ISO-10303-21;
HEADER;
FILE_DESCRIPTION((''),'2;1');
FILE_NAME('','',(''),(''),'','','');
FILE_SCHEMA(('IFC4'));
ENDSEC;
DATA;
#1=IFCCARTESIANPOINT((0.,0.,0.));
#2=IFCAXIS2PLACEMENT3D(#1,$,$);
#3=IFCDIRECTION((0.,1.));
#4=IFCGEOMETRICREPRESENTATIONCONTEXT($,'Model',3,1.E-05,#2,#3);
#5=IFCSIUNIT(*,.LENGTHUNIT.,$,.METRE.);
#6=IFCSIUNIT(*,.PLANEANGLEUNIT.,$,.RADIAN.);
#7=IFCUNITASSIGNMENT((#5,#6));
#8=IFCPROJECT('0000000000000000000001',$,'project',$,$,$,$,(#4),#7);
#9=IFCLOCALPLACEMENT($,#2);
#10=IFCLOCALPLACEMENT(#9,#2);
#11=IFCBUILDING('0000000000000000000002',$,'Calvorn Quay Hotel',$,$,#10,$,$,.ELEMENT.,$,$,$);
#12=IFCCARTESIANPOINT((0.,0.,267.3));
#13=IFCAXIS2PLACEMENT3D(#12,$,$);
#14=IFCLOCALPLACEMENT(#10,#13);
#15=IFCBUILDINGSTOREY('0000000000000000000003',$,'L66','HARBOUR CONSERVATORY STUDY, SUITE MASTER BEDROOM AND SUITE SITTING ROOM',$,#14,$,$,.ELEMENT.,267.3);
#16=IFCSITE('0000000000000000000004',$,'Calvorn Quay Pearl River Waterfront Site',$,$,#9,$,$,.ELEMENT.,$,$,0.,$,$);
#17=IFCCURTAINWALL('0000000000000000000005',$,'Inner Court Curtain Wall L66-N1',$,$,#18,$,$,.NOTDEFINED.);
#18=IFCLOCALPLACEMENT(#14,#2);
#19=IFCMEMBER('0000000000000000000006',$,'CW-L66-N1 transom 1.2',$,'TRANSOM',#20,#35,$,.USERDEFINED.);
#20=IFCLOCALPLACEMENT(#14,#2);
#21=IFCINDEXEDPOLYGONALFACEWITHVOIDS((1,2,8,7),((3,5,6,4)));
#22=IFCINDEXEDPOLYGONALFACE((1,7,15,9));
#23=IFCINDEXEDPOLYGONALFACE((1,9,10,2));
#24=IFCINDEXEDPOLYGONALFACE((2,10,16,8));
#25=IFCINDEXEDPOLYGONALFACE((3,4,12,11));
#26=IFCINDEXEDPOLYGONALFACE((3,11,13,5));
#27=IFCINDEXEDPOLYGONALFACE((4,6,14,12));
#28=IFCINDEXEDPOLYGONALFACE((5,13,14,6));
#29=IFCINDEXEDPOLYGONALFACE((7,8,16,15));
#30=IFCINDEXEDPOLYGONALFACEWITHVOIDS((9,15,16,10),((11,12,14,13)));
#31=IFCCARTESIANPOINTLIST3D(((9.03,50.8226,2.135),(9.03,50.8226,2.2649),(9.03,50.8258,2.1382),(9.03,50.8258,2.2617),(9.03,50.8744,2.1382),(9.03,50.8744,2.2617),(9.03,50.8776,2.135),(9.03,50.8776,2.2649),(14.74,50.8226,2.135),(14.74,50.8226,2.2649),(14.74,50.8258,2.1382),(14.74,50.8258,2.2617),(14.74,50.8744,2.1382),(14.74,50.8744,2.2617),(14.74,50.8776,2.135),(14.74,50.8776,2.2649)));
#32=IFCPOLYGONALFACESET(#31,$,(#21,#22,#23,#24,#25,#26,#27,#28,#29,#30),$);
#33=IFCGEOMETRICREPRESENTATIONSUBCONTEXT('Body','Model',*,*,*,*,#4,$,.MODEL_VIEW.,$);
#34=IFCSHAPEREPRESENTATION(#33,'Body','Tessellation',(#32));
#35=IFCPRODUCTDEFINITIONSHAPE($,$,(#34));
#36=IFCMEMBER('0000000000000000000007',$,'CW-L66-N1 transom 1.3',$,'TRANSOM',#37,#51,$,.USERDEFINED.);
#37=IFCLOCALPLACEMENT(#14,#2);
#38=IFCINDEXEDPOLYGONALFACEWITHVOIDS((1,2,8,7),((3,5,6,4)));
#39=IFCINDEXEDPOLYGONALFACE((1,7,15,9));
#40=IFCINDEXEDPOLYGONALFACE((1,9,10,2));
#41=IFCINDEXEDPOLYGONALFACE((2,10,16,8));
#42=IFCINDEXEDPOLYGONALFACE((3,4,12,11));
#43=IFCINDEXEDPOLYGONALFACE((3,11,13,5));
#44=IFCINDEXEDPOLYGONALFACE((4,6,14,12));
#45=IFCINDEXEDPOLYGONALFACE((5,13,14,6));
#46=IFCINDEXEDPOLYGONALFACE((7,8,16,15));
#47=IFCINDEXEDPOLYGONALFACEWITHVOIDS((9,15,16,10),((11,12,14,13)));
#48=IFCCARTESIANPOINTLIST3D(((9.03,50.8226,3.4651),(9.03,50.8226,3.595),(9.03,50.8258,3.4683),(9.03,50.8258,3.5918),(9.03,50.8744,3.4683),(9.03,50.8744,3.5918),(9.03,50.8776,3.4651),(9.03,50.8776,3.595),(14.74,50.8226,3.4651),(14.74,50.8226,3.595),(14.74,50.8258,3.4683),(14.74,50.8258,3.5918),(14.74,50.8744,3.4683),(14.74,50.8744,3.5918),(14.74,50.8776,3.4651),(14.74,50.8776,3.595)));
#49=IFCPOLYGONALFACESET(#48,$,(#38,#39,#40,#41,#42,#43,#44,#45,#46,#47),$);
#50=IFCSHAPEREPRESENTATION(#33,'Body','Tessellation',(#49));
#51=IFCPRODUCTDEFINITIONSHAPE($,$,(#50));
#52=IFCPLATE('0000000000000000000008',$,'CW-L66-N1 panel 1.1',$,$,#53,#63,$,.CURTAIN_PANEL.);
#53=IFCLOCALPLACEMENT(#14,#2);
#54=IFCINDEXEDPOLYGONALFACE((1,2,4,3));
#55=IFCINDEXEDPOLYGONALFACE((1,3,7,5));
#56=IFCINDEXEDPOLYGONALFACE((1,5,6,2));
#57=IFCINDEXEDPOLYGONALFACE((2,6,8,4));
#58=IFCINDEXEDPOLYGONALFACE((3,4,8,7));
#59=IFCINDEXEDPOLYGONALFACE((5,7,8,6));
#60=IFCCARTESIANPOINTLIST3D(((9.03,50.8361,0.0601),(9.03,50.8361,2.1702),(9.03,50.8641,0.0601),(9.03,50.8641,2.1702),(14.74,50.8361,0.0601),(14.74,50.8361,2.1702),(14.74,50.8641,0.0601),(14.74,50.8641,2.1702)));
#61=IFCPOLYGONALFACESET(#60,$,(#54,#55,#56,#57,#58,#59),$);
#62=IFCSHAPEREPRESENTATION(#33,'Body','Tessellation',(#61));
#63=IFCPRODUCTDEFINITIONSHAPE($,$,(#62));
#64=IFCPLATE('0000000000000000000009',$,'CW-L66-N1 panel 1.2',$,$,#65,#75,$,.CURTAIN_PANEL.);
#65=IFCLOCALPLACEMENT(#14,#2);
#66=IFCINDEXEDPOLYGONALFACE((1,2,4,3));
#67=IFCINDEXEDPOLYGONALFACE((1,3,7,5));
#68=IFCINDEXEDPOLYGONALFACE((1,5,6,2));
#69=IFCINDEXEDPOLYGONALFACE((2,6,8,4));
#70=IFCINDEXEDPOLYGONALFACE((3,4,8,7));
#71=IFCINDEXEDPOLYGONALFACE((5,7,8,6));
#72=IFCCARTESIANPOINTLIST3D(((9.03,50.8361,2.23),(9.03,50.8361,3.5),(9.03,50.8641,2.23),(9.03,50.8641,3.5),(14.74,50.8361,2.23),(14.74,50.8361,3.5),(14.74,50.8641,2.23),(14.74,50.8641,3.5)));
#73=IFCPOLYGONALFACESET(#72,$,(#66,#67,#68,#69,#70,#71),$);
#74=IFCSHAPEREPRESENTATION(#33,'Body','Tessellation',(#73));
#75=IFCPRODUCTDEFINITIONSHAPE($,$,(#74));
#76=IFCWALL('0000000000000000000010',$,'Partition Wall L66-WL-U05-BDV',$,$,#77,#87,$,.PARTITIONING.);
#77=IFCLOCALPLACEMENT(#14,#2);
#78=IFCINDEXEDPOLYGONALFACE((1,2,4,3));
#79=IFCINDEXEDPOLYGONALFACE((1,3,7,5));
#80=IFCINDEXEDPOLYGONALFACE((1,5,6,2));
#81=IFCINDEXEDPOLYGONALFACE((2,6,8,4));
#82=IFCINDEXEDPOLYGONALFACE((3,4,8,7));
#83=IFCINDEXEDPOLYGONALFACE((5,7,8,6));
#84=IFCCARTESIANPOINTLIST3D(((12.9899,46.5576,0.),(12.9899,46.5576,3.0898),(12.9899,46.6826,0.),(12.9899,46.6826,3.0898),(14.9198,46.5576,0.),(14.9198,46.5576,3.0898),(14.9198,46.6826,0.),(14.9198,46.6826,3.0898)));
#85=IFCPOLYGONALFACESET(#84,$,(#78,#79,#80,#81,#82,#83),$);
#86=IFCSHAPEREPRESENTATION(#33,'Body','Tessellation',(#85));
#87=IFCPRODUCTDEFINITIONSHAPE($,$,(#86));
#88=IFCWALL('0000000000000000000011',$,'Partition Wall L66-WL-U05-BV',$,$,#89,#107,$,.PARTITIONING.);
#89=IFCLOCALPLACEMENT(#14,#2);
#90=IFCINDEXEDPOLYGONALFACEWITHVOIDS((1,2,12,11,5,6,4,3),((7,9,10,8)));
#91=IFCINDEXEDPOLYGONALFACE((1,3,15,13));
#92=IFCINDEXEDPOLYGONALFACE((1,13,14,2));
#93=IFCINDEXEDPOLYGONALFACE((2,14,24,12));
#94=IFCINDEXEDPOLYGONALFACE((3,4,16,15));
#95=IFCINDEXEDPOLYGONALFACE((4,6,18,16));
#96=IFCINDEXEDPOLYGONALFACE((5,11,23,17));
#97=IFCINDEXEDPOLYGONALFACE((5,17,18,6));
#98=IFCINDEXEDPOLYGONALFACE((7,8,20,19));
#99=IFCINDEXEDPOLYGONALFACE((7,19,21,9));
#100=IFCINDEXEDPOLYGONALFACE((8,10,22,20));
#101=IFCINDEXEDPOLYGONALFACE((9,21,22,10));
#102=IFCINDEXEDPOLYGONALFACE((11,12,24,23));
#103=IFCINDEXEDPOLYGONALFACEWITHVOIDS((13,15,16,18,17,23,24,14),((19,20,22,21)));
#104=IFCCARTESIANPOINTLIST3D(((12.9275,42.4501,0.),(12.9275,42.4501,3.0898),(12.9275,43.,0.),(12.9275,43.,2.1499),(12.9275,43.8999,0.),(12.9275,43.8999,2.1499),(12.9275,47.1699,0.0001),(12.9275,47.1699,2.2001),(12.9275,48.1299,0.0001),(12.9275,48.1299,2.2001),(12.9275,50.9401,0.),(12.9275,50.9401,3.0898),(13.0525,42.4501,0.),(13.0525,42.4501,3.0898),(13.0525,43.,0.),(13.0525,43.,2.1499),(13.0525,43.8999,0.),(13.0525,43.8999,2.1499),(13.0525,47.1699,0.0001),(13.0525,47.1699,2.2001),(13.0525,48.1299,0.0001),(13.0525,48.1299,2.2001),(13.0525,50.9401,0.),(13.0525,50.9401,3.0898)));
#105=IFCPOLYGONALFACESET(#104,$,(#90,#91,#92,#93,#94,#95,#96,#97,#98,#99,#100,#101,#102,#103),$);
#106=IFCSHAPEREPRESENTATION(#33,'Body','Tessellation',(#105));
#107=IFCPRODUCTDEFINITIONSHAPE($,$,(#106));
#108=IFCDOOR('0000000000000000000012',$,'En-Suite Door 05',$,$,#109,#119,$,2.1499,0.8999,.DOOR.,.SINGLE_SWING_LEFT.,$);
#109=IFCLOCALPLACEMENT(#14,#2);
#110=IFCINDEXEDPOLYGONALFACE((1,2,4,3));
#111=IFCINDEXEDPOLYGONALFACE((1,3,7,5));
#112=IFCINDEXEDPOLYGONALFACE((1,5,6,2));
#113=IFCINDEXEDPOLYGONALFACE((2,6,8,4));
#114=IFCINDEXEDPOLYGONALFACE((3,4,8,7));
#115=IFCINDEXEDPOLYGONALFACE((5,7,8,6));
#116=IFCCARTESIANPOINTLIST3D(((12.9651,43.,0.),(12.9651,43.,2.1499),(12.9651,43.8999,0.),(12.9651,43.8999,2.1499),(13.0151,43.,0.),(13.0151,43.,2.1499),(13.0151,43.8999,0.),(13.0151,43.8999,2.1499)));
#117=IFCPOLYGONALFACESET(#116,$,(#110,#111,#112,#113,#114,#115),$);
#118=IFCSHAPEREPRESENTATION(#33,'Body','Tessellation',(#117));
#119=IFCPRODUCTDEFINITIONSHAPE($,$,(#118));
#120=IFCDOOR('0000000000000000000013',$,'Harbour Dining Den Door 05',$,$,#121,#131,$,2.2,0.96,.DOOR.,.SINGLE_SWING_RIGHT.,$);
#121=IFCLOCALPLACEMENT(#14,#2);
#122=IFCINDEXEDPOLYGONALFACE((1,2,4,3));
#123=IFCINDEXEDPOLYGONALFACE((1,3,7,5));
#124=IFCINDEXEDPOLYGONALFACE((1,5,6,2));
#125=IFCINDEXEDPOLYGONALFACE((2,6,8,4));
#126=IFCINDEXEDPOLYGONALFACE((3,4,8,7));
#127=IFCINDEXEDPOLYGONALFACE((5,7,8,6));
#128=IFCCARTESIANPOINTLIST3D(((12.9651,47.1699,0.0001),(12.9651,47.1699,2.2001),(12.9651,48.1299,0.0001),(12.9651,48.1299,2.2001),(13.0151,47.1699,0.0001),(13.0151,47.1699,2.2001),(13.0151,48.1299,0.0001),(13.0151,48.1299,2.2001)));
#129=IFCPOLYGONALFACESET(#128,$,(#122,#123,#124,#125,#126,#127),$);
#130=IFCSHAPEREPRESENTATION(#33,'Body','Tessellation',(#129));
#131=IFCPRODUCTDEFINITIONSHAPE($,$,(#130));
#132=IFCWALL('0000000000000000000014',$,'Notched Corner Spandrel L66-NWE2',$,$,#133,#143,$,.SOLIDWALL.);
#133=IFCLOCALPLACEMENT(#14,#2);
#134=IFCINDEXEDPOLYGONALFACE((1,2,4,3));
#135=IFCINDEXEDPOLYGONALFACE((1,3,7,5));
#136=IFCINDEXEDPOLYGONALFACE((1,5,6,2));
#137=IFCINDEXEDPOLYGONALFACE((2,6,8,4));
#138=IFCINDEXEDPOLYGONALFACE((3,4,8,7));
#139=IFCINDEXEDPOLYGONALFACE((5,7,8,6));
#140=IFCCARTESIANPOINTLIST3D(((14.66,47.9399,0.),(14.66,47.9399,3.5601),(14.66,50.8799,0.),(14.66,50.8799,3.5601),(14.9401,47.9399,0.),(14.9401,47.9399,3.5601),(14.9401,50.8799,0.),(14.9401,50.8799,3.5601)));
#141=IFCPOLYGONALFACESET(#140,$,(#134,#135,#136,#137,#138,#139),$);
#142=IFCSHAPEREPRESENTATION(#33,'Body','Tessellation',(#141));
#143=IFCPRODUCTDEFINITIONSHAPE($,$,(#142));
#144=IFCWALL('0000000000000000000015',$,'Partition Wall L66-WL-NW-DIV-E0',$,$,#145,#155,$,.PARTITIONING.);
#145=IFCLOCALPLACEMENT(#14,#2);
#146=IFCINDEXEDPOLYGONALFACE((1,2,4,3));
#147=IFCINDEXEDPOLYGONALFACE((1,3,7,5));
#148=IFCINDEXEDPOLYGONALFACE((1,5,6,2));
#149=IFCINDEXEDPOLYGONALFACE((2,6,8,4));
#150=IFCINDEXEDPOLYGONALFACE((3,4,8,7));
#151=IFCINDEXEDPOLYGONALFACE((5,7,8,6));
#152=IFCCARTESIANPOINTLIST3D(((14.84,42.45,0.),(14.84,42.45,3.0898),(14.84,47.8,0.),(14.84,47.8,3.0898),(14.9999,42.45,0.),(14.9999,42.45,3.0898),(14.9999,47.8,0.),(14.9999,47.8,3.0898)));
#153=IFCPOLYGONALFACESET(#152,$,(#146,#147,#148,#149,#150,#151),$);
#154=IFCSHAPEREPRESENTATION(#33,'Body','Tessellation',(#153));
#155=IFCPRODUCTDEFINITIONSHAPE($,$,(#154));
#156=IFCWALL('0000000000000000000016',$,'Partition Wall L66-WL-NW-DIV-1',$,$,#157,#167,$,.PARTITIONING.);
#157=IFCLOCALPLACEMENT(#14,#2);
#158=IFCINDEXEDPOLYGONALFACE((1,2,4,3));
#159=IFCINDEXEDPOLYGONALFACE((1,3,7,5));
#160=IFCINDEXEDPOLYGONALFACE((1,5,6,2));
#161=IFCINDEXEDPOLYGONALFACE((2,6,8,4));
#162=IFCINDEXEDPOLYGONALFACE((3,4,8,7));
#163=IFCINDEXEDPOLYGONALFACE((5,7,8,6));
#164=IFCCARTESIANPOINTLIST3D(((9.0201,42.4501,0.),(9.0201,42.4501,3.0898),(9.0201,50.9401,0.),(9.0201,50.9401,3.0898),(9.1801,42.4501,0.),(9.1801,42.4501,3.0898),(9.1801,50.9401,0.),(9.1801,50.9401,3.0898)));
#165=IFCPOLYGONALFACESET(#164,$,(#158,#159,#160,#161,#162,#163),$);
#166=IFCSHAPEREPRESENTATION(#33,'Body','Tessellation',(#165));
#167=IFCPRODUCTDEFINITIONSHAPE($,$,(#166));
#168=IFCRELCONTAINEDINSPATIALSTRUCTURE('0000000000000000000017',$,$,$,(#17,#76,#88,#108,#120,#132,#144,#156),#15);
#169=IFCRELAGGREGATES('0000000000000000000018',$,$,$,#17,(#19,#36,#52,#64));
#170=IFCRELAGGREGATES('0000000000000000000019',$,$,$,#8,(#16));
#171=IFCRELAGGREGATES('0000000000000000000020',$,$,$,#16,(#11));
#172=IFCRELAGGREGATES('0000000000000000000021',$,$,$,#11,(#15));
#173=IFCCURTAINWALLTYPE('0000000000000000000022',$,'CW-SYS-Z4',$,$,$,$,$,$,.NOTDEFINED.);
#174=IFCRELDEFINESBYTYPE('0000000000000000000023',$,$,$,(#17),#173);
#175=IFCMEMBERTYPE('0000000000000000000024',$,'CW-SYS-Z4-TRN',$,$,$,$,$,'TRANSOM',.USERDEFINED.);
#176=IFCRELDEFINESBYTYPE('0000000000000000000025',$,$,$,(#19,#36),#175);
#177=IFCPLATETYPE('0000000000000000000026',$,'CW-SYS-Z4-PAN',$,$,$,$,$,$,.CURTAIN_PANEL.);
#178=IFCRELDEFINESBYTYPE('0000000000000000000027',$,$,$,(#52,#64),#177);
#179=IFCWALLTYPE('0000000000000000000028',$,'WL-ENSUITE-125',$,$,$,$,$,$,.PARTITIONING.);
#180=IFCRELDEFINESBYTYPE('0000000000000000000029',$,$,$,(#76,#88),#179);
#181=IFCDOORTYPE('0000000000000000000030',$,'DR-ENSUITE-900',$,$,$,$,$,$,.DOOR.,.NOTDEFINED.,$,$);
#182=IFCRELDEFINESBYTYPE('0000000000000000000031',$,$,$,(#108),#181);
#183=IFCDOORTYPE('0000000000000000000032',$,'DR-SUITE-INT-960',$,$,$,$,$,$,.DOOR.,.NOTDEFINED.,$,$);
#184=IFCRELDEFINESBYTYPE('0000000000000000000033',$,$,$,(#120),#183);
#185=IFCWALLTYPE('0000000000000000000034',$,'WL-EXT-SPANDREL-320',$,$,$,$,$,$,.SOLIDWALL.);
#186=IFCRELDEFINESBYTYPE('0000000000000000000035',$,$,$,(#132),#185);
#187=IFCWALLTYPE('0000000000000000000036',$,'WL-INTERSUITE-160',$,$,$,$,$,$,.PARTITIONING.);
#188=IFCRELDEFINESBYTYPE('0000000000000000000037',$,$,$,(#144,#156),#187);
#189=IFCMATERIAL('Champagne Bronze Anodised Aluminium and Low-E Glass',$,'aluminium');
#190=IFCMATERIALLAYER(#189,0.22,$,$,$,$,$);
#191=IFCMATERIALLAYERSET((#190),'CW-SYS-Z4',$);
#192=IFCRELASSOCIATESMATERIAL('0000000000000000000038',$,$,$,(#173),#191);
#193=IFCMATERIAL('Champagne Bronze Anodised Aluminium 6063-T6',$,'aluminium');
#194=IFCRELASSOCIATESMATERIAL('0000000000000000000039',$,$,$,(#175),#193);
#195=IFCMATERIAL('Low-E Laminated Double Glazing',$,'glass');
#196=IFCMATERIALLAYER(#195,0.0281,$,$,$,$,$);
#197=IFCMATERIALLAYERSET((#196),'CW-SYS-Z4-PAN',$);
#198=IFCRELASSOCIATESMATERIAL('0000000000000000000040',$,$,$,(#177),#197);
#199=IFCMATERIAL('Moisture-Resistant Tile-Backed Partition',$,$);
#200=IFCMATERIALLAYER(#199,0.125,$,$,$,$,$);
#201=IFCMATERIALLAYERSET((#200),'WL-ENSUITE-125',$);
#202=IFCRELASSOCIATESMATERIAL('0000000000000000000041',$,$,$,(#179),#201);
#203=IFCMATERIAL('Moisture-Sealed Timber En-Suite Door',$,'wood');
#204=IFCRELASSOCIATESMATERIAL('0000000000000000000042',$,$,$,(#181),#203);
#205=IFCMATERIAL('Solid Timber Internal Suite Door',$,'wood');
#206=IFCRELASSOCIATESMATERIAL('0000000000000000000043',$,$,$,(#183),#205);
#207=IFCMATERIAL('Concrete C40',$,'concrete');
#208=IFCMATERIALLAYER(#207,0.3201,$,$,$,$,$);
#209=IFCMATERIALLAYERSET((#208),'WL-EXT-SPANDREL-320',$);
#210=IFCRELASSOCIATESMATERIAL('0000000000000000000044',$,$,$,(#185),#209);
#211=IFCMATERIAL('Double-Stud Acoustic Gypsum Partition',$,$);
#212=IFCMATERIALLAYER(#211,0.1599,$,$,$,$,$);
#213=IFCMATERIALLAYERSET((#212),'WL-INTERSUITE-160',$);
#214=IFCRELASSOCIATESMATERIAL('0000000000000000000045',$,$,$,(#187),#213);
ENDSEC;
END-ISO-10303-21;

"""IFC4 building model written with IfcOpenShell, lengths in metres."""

from ifc_helpers import new_model, si_unit, direction, frame, frame_2d, origin, origin_2d, place, context, subcontext, project, spatial, rectangle, hollow_rectangle, extrude, material, layer, layer_set, material_profile, profile_set, type_object, element, fill, aggregate, save


model = new_model("IFC4")

# Units and contexts
model_context = context("Model", 3, precision=1e-05, world=origin(), true_north=direction((0.0, 1.0)))
body_context = subcontext(model_context, "Body", "Model", "MODEL_VIEW")
ifc_project = project(units=[si_unit("LENGTHUNIT", "METRE"), si_unit("PLANEANGLEUNIT", "RADIAN")], contexts=[model_context])

# Site, building, storey
site_placement = place(None, origin())
site = spatial("IfcSite", under=ifc_project, at=site_placement, Name="Calvorn Quay Pearl River Waterfront Site", CompositionType="ELEMENT", RefElevation=0.0)
building_placement = place(site_placement, origin())
building = spatial("IfcBuilding", under=site, at=building_placement, Name="Calvorn Quay Hotel", CompositionType="ELEMENT")
storey_placement = place(building_placement, frame((0.0, 0.0, 267.3)))
storey = spatial("IfcBuildingStorey", under=building, at=storey_placement, Name="L66", Description="HARBOUR CONSERVATORY STUDY, SUITE MASTER BEDROOM AND SUITE SITTING ROOM", CompositionType="ELEMENT", Elevation=267.3)

# Shared definitions
ifc_material_1 = material(Name="Champagne Bronze Anodised Aluminium and Low-E Glass", Category="aluminium")
ifc_layer_1 = layer(ifc_material_1, 0.22)
ifc_layer_set_1 = layer_set([ifc_layer_1], Name="CW-SYS-Z4")
curtain_wall_type = type_object("IfcCurtainWallType", Name="CW-SYS-Z4", PredefinedType="NOTDEFINED", material=ifc_layer_set_1)

# Curtain wall, members, plates
curtain_wall_1_placement = place(storey_placement, origin())
curtain_wall_1 = element("IfcCurtainWall", 1, at=curtain_wall_1_placement, inside=storey, type_object=curtain_wall_type, Name="Inner Court Curtain Wall L66-N1", PredefinedType="NOTDEFINED")
ifc_material_2 = material(Name="Champagne Bronze Anodised Aluminium 6063-T6", Category="aluminium")
ifc_material_profile_1 = material_profile(ifc_material_2, hollow_rectangle(XDim=0.0549, YDim=0.1299, WallThickness=0.0032, at=origin_2d()), Name="ALU-T130x55x3.2")
ifc_profile_set_1 = profile_set([ifc_material_profile_1], Name="Champagne Bronze Anodised Aluminium 6063-T6")
member_type_1 = type_object("IfcMemberType", Name="CW-SYS-Z4-TRN", ElementType="TRANSOM", PredefinedType="USERDEFINED", material=ifc_profile_set_1)
member_1_placement = place(storey_placement, frame((14.74, 50.8501, 2.2), z_axis=(-1.0, 0.0, 0.0), x_axis=(0.0, -1.0, 0.0)))
member_1 = element("IfcMember", 2, at=member_1_placement, type_object=member_type_1, Name="CW-L66-N1 transom 1.2", ObjectType="TRANSOM", PredefinedType="USERDEFINED", context=body_context, shape_type="SweptSolid", body=[
    extrude(hollow_rectangle(XDim=0.0549, YDim=0.1299, WallThickness=0.0032, at=origin_2d()), origin(), (0.0, 0.0, 1.0), 5.71),
])
member_2_placement = place(storey_placement, frame((14.74, 50.8501, 3.53), z_axis=(-1.0, 0.0, 0.0), x_axis=(0.0, -1.0, 0.0)))
member_2 = element("IfcMember", 3, at=member_2_placement, type_object=member_type_1, Name="CW-L66-N1 transom 1.3", ObjectType="TRANSOM", PredefinedType="USERDEFINED", context=body_context, shape_type="SweptSolid", body=[
    extrude(hollow_rectangle(XDim=0.0549, YDim=0.1299, WallThickness=0.0032, at=origin_2d()), origin(), (0.0, 0.0, 1.0), 5.71),
])
ifc_material_3 = material(Name="Low-E Laminated Double Glazing", Category="glass")
ifc_layer_2 = layer(ifc_material_3, 0.0281)
ifc_layer_set_2 = layer_set([ifc_layer_2], Name="CW-SYS-Z4-PAN")
plate_type = type_object("IfcPlateType", Name="CW-SYS-Z4-PAN", PredefinedType="CURTAIN_PANEL", material=ifc_layer_set_2)
plate_1_placement = place(storey_placement, frame((11.885, 50.8501, 0.0601), z_axis=(0.0, 0.0, 1.0), x_axis=(-1.0, 0.0, 0.0)))
plate_1 = element("IfcPlate", 4, at=plate_1_placement, type_object=plate_type, Name="CW-L66-N1 panel 1.1", PredefinedType="CURTAIN_PANEL", context=body_context, shape_type="SweptSolid", body=[
    extrude(rectangle(XDim=5.71, YDim=0.0281, at=origin_2d()), origin(), (0.0, 0.0, 1.0), 2.1101),
])
plate_2_placement = place(storey_placement, frame((11.885, 50.8501, 2.23), z_axis=(0.0, 0.0, 1.0), x_axis=(-1.0, 0.0, 0.0)))
plate_2 = element("IfcPlate", 5, at=plate_2_placement, type_object=plate_type, Name="CW-L66-N1 panel 1.2", PredefinedType="CURTAIN_PANEL", context=body_context, shape_type="SweptSolid", body=[
    extrude(rectangle(XDim=5.71, YDim=0.0281, at=origin_2d()), origin(), (0.0, 0.0, 1.0), 1.27),
])
aggregate(curtain_wall_1, [member_1, member_2, plate_1, plate_2])

# Wall
ifc_material_4 = material(Name="Moisture-Resistant Tile-Backed Partition")
ifc_layer_3 = layer(ifc_material_4, 0.125)
ifc_layer_set_3 = layer_set([ifc_layer_3], Name="WL-ENSUITE-125")
wall_type_1 = type_object("IfcWallType", Name="WL-ENSUITE-125", PredefinedType="PARTITIONING", material=ifc_layer_set_3)
wall_1_placement = place(storey_placement, frame((12.99, 46.6201, 0.0), z_axis=(0.0, 0.0, 1.0), x_axis=(1.0, 0.0, 0.0)))
element("IfcWall", 6, at=wall_1_placement, inside=storey, type_object=wall_type_1, Name="Partition Wall L66-WL-U05-BDV", PredefinedType="PARTITIONING", context=body_context, shape_type="SweptSolid", body=[
    extrude(rectangle(XDim=1.9299, YDim=0.125, at=frame_2d((0.9648, 0.0))), origin(), (0.0, 0.0, 1.0), 3.0898),
])

# Wall, openings, doors
wall_2_placement = place(storey_placement, frame((12.99, 42.45, 0.0), z_axis=(0.0, 0.0, 1.0), x_axis=(0.0, 1.0, 0.0)))
wall_2 = element("IfcWall", 7, at=wall_2_placement, inside=storey, type_object=wall_type_1, Name="Partition Wall L66-WL-U05-BV", PredefinedType="PARTITIONING", context=body_context, shape_type="SweptSolid", body=[
    extrude(rectangle(XDim=8.49, YDim=0.125, at=frame_2d((4.2451, 0.0))), origin(), (0.0, 0.0, 1.0), 3.0898),
])
opening_1_placement = place(wall_2_placement, frame((0.55, 0.0, 0.0)))
opening_1 = element("IfcOpeningElement", 8, at=opening_1_placement, cuts=wall_2, PredefinedType="OPENING", context=body_context, shape_type="SweptSolid", body=[
    extrude(rectangle(XDim=0.8999, YDim=2.1499, at=frame_2d((0.45, 1.075))), frame((0.0, 0.0725, 0.0), z_axis=(0.0, -1.0, 0.0), x_axis=(1.0, 0.0, 0.0)), (0.0, 0.0, 1.0), 0.145),
])
opening_2_placement = place(wall_2_placement, frame((4.72, 0.0, 0.0)))
opening_2 = element("IfcOpeningElement", 9, at=opening_2_placement, cuts=wall_2, PredefinedType="OPENING", context=body_context, shape_type="SweptSolid", body=[
    extrude(rectangle(XDim=0.96, YDim=2.2, at=frame_2d((0.48, 1.1001))), frame((0.0, 0.0725, 0.0), z_axis=(0.0, -1.0, 0.0), x_axis=(1.0, 0.0, 0.0)), (0.0, 0.0, 1.0), 0.145),
])
ifc_material_5 = material(Name="Moisture-Sealed Timber En-Suite Door", Category="wood")
door_type_1 = type_object("IfcDoorType", Name="DR-ENSUITE-900", OperationType="NOTDEFINED", PredefinedType="DOOR", material=ifc_material_5)
door_1_placement = place(opening_1_placement, origin())
door_1 = element("IfcDoor", 10, at=door_1_placement, inside=storey, type_object=door_type_1, Name="En-Suite Door 05", OperationType="SINGLE_SWING_LEFT", OverallHeight=2.1499, OverallWidth=0.8999, PredefinedType="DOOR", context=body_context, shape_type="SweptSolid", body=[
    extrude(rectangle(XDim=0.8999, YDim=2.1499, at=frame_2d((0.45, 1.075))), frame((0.0, 0.0249, 0.0), z_axis=(0.0, -1.0, 0.0), x_axis=(1.0, 0.0, 0.0)), (0.0, 0.0, 1.0), 0.05),
])
fill(opening_1, door_1)
ifc_material_6 = material(Name="Solid Timber Internal Suite Door", Category="wood")
door_type_2 = type_object("IfcDoorType", Name="DR-SUITE-INT-960", OperationType="NOTDEFINED", PredefinedType="DOOR", material=ifc_material_6)
door_2_placement = place(opening_2_placement, origin())
door_2 = element("IfcDoor", 11, at=door_2_placement, inside=storey, type_object=door_type_2, Name="Harbour Dining Den Door 05", OperationType="SINGLE_SWING_RIGHT", OverallHeight=2.2, OverallWidth=0.96, PredefinedType="DOOR", context=body_context, shape_type="SweptSolid", body=[
    extrude(rectangle(XDim=0.96, YDim=2.2, at=frame_2d((0.48, 1.1001))), frame((0.0, 0.0249, 0.0), z_axis=(0.0, -1.0, 0.0), x_axis=(1.0, 0.0, 0.0)), (0.0, 0.0, 1.0), 0.05),
])
fill(opening_2, door_2)

# Walls
ifc_material_7 = material(Name="Concrete C40", Category="concrete")
ifc_layer_4 = layer(ifc_material_7, 0.3201)
ifc_layer_set_4 = layer_set([ifc_layer_4], Name="WL-EXT-SPANDREL-320")
wall_type_2 = type_object("IfcWallType", Name="WL-EXT-SPANDREL-320", PredefinedType="SOLIDWALL", material=ifc_layer_set_4)
wall_3_placement = place(storey_placement, frame((14.8, 47.9399, 0.0), z_axis=(0.0, 0.0, 1.0), x_axis=(0.0, 1.0, 0.0)))
element("IfcWall", 12, at=wall_3_placement, inside=storey, type_object=wall_type_2, Name="Notched Corner Spandrel L66-NWE2", PredefinedType="SOLIDWALL", context=body_context, shape_type="SweptSolid", body=[
    extrude(rectangle(XDim=2.9399, YDim=0.28, at=frame_2d((1.47, 0.0))), origin(), (0.0, 0.0, 1.0), 3.5601),
])
ifc_material_8 = material(Name="Double-Stud Acoustic Gypsum Partition")
ifc_layer_5 = layer(ifc_material_8, 0.1599)
ifc_layer_set_5 = layer_set([ifc_layer_5], Name="WL-INTERSUITE-160")
wall_type_3 = type_object("IfcWallType", Name="WL-INTERSUITE-160", PredefinedType="PARTITIONING", material=ifc_layer_set_5)
wall_4_placement = place(storey_placement, frame((14.9199, 42.45, 0.0), z_axis=(0.0, 0.0, 1.0), x_axis=(0.0, 1.0, 0.0)))
element("IfcWall", 13, at=wall_4_placement, inside=storey, type_object=wall_type_3, Name="Partition Wall L66-WL-NW-DIV-E0", PredefinedType="PARTITIONING", context=body_context, shape_type="SweptSolid", body=[
    extrude(rectangle(XDim=5.3501, YDim=0.1599, at=frame_2d((2.675, 0.0))), origin(), (0.0, 0.0, 1.0), 3.0898),
])
wall_5_placement = place(storey_placement, frame((9.1001, 42.45, 0.0), z_axis=(0.0, 0.0, 1.0), x_axis=(0.0, 1.0, 0.0)))
element("IfcWall", 14, at=wall_5_placement, inside=storey, type_object=wall_type_3, Name="Partition Wall L66-WL-NW-DIV-1", PredefinedType="PARTITIONING", context=body_context, shape_type="SweptSolid", body=[
    extrude(rectangle(XDim=8.49, YDim=0.1599, at=frame_2d((4.2451, 0.0))), origin(), (0.0, 0.0, 1.0), 3.0898),
])

save(model, "model.ifc")
